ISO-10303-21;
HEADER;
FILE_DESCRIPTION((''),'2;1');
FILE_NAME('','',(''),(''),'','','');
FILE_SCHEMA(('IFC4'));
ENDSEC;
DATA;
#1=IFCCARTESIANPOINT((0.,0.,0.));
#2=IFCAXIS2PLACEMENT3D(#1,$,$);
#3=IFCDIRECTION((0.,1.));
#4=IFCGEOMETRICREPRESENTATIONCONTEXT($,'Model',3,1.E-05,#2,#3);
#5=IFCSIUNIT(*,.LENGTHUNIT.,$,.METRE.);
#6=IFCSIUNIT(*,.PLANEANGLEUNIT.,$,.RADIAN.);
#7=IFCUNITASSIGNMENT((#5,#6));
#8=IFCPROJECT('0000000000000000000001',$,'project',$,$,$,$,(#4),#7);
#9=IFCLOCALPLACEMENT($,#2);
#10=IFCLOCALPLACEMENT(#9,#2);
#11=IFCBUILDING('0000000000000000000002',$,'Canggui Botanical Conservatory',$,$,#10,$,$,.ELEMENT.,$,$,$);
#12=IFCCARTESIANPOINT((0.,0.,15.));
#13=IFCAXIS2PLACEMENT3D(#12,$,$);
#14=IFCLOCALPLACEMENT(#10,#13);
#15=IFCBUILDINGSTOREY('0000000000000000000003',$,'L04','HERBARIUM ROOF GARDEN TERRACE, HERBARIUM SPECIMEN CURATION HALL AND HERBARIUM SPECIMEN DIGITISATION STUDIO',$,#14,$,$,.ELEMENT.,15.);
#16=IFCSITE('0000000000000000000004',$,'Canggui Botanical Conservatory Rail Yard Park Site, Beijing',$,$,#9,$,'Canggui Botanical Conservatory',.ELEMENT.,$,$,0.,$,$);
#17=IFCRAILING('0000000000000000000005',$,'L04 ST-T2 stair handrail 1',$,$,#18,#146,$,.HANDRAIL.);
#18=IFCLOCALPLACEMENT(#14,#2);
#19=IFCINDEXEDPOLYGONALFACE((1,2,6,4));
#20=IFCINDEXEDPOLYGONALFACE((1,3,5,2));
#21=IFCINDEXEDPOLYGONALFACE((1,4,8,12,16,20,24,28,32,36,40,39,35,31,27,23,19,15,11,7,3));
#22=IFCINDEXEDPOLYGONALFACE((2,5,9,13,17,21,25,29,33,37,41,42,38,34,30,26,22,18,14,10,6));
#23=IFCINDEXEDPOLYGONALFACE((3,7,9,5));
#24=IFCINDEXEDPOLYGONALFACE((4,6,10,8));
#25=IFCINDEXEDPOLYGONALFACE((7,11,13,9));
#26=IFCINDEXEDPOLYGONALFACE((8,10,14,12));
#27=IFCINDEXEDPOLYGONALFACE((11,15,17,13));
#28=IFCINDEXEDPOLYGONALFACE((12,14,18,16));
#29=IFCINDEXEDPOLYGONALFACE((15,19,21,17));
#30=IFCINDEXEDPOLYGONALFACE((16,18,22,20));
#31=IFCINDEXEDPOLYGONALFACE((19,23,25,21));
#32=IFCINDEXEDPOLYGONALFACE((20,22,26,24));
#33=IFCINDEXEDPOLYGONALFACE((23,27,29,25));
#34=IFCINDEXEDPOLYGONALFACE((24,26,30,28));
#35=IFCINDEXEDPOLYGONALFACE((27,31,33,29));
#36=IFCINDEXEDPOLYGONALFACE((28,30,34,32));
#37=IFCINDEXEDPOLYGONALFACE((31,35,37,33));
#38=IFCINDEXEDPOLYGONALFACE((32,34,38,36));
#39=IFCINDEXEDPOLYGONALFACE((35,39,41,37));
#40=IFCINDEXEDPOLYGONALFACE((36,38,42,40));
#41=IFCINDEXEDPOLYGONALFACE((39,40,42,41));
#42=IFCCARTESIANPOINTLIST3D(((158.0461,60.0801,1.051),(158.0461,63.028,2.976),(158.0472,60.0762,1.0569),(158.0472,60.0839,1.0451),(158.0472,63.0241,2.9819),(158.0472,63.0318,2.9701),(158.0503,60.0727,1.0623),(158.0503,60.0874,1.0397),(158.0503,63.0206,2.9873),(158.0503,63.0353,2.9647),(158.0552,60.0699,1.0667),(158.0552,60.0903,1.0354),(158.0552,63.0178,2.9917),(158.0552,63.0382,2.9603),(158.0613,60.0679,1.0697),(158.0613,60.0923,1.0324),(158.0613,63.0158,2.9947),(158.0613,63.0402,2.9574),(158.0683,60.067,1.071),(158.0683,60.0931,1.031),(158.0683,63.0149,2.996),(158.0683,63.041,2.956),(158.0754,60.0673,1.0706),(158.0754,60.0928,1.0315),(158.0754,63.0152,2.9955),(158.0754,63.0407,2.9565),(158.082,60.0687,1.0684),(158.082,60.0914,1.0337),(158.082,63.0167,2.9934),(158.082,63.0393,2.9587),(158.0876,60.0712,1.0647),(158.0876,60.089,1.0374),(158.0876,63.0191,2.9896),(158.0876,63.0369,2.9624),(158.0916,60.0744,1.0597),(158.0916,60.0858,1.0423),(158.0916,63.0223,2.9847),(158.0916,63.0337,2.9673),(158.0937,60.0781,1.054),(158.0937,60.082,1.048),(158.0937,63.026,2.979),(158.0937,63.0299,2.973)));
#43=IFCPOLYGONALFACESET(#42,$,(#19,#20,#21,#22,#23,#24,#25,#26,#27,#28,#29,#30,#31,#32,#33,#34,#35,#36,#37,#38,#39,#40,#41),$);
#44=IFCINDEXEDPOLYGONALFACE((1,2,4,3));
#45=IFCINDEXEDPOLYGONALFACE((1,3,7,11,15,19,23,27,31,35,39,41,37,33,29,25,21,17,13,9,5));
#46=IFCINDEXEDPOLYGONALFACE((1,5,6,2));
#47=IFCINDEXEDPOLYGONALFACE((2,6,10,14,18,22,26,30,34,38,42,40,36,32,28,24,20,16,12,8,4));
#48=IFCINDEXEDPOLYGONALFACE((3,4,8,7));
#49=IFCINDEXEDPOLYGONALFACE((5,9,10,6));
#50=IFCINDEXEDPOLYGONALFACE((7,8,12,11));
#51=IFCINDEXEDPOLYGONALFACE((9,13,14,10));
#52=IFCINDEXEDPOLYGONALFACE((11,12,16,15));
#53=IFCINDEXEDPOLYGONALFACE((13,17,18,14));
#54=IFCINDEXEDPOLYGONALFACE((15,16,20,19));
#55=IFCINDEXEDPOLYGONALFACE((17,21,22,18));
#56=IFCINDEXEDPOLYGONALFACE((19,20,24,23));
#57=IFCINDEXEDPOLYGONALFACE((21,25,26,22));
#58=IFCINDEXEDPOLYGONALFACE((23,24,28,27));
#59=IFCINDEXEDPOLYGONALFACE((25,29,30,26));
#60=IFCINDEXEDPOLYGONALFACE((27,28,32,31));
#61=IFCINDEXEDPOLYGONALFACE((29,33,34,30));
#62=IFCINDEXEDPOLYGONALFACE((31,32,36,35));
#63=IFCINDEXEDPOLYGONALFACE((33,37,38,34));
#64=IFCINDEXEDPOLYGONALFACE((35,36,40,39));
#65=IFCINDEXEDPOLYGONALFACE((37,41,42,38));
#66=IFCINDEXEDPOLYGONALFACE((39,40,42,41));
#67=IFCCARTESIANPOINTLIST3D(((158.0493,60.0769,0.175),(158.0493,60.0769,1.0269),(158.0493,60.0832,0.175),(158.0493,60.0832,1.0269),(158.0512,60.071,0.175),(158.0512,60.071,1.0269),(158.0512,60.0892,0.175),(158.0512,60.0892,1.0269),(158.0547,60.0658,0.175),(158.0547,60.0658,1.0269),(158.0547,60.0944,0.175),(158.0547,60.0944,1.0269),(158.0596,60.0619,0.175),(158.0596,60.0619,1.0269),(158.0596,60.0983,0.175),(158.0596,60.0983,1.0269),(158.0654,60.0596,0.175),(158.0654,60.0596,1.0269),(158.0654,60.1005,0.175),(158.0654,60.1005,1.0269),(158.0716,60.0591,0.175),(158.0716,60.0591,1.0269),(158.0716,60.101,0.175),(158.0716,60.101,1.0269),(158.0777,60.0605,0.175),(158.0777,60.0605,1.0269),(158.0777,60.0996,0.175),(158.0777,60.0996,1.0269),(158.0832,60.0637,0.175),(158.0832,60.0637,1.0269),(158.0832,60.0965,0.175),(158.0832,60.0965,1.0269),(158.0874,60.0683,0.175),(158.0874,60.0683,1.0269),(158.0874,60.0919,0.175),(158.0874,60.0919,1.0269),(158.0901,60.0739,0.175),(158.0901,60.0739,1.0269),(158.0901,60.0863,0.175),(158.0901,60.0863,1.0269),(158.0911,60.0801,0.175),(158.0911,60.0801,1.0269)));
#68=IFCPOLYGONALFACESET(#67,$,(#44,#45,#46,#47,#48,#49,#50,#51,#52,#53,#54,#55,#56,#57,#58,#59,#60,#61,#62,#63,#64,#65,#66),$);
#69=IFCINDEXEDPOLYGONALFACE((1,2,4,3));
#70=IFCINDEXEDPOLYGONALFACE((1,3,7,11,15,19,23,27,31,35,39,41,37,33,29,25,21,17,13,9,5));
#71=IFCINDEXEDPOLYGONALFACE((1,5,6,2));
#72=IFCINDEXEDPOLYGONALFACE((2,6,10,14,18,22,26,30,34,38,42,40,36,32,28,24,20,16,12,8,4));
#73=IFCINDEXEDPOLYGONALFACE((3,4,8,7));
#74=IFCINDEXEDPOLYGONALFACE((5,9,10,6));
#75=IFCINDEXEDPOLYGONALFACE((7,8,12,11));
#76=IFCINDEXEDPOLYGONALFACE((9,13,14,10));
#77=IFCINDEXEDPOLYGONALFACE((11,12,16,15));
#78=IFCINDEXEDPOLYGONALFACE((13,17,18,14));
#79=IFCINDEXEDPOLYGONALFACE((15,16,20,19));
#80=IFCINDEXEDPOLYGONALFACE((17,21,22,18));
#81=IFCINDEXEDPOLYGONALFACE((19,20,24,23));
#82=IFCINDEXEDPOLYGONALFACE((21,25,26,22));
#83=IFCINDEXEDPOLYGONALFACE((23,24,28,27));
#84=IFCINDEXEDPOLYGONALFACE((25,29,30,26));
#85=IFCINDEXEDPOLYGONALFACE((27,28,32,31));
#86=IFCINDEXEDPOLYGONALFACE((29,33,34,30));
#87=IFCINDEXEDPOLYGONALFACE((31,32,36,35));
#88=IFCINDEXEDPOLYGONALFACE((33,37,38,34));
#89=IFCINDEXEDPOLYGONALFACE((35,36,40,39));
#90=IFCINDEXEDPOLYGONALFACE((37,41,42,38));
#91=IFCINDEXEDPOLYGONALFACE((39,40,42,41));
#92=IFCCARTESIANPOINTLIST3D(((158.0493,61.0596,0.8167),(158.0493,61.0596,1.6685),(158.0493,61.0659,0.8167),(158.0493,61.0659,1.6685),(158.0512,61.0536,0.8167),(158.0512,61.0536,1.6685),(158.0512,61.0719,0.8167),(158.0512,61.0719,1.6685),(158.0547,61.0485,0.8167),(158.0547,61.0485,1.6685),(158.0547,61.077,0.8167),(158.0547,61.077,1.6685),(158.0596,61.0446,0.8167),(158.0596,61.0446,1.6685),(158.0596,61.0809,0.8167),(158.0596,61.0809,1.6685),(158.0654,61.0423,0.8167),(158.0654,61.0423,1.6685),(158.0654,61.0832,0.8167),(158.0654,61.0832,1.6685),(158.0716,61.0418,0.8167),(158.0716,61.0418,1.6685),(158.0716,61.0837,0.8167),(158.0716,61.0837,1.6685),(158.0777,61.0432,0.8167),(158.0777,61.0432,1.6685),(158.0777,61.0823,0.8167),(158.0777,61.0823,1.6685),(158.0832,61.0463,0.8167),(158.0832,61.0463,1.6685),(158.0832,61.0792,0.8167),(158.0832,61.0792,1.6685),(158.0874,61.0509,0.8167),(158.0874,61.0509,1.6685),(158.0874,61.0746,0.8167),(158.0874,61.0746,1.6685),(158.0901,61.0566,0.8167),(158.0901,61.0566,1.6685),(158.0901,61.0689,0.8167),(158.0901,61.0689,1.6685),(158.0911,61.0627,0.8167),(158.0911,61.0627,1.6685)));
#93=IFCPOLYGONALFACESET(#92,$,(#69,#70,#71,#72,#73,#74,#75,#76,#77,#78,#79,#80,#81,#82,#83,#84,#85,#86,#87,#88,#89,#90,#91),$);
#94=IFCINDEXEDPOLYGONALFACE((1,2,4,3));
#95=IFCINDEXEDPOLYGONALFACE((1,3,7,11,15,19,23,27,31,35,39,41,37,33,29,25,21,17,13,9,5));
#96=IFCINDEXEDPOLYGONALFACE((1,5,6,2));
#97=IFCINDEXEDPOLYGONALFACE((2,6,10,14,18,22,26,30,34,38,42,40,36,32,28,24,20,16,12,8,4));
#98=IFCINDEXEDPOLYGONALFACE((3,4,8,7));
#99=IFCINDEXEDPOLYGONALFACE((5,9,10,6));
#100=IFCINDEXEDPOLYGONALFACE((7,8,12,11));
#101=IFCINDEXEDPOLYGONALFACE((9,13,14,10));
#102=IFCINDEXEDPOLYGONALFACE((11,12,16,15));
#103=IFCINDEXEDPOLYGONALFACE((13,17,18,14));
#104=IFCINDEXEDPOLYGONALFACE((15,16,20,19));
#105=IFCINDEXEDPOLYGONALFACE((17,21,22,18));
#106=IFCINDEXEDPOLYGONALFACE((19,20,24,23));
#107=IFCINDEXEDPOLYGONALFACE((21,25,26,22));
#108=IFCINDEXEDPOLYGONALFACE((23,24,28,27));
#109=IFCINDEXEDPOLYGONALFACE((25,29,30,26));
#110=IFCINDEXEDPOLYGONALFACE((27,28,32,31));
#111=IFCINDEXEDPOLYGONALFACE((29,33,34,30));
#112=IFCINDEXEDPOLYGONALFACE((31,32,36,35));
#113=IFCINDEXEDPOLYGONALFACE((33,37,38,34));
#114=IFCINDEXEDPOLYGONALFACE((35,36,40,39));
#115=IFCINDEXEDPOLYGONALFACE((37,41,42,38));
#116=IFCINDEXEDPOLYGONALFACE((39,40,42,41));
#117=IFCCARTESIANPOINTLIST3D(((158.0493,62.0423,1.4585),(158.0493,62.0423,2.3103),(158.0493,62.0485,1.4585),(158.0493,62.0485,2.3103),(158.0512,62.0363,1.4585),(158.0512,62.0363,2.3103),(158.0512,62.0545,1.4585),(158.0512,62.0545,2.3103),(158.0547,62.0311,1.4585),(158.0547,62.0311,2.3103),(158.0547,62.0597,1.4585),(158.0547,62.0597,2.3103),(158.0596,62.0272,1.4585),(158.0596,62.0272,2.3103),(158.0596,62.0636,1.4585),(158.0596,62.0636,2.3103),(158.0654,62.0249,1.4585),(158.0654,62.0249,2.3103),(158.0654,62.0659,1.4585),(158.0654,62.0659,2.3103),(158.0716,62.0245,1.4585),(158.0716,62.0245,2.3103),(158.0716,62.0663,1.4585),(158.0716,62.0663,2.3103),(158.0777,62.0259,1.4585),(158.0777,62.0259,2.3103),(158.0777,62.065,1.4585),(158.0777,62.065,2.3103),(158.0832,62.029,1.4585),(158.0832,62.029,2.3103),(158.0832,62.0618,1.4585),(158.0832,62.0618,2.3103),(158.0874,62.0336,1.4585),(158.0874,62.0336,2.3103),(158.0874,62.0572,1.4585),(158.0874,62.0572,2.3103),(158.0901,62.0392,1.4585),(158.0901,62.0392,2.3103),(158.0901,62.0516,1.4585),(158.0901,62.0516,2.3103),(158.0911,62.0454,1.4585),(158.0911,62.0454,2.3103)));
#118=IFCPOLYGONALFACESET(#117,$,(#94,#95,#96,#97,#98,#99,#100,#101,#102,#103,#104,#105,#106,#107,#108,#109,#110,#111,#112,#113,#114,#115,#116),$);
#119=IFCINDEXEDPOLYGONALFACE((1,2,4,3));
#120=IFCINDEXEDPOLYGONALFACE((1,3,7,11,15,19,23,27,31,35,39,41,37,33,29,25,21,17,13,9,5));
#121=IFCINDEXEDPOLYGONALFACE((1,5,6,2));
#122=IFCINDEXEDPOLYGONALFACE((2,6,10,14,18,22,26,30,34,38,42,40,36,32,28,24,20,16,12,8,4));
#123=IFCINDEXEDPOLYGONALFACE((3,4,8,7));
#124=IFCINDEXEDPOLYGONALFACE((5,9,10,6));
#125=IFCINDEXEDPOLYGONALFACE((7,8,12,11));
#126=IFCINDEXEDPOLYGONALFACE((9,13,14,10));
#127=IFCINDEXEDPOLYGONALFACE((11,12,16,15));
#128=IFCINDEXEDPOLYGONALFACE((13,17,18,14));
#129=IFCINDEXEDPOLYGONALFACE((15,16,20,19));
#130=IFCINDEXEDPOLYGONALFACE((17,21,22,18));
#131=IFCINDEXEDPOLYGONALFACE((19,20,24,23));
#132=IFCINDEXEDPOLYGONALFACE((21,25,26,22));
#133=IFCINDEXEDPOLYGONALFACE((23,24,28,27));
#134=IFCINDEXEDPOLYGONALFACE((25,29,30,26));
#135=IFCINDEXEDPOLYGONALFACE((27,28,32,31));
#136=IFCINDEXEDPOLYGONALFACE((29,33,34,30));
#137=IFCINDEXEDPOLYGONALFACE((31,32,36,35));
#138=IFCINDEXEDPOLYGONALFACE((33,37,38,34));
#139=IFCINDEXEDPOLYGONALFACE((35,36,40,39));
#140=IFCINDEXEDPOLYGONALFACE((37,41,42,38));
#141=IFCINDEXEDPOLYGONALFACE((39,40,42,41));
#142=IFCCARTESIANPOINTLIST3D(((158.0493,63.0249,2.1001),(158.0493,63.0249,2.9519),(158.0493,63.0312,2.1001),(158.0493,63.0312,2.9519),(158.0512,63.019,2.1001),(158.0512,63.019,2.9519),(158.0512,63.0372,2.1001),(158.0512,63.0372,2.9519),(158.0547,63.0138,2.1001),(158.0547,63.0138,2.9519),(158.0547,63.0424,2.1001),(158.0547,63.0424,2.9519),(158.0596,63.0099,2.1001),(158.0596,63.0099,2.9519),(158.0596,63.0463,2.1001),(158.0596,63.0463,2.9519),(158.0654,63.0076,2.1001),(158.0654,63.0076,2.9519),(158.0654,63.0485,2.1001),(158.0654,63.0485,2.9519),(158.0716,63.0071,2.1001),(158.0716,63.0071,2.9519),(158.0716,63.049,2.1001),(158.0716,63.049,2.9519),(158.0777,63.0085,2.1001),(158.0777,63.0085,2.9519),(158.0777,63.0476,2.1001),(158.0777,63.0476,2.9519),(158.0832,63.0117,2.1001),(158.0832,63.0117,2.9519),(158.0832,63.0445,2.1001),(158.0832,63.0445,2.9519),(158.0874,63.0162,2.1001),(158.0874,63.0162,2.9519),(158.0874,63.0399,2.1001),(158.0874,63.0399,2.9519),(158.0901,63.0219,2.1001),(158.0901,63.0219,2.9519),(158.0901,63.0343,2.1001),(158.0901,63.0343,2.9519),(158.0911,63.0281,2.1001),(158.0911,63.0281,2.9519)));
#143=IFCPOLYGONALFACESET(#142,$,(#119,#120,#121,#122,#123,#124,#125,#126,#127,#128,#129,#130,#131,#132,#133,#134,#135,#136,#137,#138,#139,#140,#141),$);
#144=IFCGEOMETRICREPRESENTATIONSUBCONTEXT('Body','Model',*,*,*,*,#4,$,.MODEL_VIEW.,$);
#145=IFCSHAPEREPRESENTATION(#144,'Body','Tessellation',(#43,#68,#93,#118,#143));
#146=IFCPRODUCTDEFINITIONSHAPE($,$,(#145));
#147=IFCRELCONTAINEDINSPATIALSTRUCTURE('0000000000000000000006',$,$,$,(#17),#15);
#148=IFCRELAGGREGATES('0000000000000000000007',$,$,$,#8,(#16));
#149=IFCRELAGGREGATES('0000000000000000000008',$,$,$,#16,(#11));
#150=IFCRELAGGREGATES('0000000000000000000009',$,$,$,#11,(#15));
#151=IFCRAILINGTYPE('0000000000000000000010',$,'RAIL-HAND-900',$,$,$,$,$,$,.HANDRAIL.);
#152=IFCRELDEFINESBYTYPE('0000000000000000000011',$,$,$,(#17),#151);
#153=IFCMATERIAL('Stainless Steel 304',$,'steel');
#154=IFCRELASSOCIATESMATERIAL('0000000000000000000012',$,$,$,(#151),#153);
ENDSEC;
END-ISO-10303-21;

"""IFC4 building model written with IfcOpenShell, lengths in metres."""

from ifc_helpers import new_model, si_unit, direction, frame, origin, origin_2d, place, context, subcontext, project, spatial, circle, extrude, material, type_object, element, save


model = new_model("IFC4")

# Units and contexts
model_context = context("Model", 3, precision=1e-05, world=origin(), true_north=direction((0.0, 1.0)))
body_context = subcontext(model_context, "Body", "Model", "MODEL_VIEW")
ifc_project = project(units=[si_unit("LENGTHUNIT", "METRE"), si_unit("PLANEANGLEUNIT", "RADIAN")], contexts=[model_context])

# Site, building, storey
site_placement = place(None, origin())
site = spatial("IfcSite", under=ifc_project, at=site_placement, Name="Canggui Botanical Conservatory Rail Yard Park Site, Beijing", LongName="Canggui Botanical Conservatory", CompositionType="ELEMENT", RefElevation=0.0)
building_placement = place(site_placement, origin())
building = spatial("IfcBuilding", under=site, at=building_placement, Name="Canggui Botanical Conservatory", CompositionType="ELEMENT")
storey_placement = place(building_placement, frame((0.0, 0.0, 15.0)))
storey = spatial("IfcBuildingStorey", under=building, at=storey_placement, Name="L04", Description="HERBARIUM ROOF GARDEN TERRACE, HERBARIUM SPECIMEN CURATION HALL AND HERBARIUM SPECIMEN DIGITISATION STUDIO", CompositionType="ELEMENT", Elevation=15.0)

# Shared definitions
ifc_material_1 = material(Name="Stainless Steel 304", Category="steel")

# Railing
railing_type_1 = type_object("IfcRailingType", Name="RAIL-HAND-900", PredefinedType="HANDRAIL", material=ifc_material_1)
railing_1_placement = place(storey_placement, frame((158.0701, 60.0801, 0.175)))
element("IfcRailing", 1, at=railing_1_placement, inside=storey, type_object=railing_type_1, Name="L04 ST-T2 stair handrail 1", PredefinedType="HANDRAIL", context=body_context, shape_type="SweptSolid", body=[
    extrude(circle(Radius=0.0239, at=origin_2d()), frame((0.0, 0.0, 0.876), z_axis=(0.0, 0.837293, 0.546754), x_axis=(-1.0, 0.0, 0.0)), (0.0, 0.0, 1.0), 3.5208),
    extrude(circle(Radius=0.021, at=origin_2d()), origin(), (0.0, 0.0, 1.0), 0.8518),
    extrude(circle(Radius=0.021, at=origin_2d()), frame((0.0, 0.9827, 0.6416)), (0.0, 0.0, 1.0), 0.8518),
    extrude(circle(Radius=0.021, at=origin_2d()), frame((0.0, 1.9653, 1.2834)), (0.0, 0.0, 1.0), 0.8518),
    extrude(circle(Radius=0.021, at=origin_2d()), frame((0.0, 2.948, 1.925)), (0.0, 0.0, 1.0), 0.8518),
])

save(model, "model.ifc")
